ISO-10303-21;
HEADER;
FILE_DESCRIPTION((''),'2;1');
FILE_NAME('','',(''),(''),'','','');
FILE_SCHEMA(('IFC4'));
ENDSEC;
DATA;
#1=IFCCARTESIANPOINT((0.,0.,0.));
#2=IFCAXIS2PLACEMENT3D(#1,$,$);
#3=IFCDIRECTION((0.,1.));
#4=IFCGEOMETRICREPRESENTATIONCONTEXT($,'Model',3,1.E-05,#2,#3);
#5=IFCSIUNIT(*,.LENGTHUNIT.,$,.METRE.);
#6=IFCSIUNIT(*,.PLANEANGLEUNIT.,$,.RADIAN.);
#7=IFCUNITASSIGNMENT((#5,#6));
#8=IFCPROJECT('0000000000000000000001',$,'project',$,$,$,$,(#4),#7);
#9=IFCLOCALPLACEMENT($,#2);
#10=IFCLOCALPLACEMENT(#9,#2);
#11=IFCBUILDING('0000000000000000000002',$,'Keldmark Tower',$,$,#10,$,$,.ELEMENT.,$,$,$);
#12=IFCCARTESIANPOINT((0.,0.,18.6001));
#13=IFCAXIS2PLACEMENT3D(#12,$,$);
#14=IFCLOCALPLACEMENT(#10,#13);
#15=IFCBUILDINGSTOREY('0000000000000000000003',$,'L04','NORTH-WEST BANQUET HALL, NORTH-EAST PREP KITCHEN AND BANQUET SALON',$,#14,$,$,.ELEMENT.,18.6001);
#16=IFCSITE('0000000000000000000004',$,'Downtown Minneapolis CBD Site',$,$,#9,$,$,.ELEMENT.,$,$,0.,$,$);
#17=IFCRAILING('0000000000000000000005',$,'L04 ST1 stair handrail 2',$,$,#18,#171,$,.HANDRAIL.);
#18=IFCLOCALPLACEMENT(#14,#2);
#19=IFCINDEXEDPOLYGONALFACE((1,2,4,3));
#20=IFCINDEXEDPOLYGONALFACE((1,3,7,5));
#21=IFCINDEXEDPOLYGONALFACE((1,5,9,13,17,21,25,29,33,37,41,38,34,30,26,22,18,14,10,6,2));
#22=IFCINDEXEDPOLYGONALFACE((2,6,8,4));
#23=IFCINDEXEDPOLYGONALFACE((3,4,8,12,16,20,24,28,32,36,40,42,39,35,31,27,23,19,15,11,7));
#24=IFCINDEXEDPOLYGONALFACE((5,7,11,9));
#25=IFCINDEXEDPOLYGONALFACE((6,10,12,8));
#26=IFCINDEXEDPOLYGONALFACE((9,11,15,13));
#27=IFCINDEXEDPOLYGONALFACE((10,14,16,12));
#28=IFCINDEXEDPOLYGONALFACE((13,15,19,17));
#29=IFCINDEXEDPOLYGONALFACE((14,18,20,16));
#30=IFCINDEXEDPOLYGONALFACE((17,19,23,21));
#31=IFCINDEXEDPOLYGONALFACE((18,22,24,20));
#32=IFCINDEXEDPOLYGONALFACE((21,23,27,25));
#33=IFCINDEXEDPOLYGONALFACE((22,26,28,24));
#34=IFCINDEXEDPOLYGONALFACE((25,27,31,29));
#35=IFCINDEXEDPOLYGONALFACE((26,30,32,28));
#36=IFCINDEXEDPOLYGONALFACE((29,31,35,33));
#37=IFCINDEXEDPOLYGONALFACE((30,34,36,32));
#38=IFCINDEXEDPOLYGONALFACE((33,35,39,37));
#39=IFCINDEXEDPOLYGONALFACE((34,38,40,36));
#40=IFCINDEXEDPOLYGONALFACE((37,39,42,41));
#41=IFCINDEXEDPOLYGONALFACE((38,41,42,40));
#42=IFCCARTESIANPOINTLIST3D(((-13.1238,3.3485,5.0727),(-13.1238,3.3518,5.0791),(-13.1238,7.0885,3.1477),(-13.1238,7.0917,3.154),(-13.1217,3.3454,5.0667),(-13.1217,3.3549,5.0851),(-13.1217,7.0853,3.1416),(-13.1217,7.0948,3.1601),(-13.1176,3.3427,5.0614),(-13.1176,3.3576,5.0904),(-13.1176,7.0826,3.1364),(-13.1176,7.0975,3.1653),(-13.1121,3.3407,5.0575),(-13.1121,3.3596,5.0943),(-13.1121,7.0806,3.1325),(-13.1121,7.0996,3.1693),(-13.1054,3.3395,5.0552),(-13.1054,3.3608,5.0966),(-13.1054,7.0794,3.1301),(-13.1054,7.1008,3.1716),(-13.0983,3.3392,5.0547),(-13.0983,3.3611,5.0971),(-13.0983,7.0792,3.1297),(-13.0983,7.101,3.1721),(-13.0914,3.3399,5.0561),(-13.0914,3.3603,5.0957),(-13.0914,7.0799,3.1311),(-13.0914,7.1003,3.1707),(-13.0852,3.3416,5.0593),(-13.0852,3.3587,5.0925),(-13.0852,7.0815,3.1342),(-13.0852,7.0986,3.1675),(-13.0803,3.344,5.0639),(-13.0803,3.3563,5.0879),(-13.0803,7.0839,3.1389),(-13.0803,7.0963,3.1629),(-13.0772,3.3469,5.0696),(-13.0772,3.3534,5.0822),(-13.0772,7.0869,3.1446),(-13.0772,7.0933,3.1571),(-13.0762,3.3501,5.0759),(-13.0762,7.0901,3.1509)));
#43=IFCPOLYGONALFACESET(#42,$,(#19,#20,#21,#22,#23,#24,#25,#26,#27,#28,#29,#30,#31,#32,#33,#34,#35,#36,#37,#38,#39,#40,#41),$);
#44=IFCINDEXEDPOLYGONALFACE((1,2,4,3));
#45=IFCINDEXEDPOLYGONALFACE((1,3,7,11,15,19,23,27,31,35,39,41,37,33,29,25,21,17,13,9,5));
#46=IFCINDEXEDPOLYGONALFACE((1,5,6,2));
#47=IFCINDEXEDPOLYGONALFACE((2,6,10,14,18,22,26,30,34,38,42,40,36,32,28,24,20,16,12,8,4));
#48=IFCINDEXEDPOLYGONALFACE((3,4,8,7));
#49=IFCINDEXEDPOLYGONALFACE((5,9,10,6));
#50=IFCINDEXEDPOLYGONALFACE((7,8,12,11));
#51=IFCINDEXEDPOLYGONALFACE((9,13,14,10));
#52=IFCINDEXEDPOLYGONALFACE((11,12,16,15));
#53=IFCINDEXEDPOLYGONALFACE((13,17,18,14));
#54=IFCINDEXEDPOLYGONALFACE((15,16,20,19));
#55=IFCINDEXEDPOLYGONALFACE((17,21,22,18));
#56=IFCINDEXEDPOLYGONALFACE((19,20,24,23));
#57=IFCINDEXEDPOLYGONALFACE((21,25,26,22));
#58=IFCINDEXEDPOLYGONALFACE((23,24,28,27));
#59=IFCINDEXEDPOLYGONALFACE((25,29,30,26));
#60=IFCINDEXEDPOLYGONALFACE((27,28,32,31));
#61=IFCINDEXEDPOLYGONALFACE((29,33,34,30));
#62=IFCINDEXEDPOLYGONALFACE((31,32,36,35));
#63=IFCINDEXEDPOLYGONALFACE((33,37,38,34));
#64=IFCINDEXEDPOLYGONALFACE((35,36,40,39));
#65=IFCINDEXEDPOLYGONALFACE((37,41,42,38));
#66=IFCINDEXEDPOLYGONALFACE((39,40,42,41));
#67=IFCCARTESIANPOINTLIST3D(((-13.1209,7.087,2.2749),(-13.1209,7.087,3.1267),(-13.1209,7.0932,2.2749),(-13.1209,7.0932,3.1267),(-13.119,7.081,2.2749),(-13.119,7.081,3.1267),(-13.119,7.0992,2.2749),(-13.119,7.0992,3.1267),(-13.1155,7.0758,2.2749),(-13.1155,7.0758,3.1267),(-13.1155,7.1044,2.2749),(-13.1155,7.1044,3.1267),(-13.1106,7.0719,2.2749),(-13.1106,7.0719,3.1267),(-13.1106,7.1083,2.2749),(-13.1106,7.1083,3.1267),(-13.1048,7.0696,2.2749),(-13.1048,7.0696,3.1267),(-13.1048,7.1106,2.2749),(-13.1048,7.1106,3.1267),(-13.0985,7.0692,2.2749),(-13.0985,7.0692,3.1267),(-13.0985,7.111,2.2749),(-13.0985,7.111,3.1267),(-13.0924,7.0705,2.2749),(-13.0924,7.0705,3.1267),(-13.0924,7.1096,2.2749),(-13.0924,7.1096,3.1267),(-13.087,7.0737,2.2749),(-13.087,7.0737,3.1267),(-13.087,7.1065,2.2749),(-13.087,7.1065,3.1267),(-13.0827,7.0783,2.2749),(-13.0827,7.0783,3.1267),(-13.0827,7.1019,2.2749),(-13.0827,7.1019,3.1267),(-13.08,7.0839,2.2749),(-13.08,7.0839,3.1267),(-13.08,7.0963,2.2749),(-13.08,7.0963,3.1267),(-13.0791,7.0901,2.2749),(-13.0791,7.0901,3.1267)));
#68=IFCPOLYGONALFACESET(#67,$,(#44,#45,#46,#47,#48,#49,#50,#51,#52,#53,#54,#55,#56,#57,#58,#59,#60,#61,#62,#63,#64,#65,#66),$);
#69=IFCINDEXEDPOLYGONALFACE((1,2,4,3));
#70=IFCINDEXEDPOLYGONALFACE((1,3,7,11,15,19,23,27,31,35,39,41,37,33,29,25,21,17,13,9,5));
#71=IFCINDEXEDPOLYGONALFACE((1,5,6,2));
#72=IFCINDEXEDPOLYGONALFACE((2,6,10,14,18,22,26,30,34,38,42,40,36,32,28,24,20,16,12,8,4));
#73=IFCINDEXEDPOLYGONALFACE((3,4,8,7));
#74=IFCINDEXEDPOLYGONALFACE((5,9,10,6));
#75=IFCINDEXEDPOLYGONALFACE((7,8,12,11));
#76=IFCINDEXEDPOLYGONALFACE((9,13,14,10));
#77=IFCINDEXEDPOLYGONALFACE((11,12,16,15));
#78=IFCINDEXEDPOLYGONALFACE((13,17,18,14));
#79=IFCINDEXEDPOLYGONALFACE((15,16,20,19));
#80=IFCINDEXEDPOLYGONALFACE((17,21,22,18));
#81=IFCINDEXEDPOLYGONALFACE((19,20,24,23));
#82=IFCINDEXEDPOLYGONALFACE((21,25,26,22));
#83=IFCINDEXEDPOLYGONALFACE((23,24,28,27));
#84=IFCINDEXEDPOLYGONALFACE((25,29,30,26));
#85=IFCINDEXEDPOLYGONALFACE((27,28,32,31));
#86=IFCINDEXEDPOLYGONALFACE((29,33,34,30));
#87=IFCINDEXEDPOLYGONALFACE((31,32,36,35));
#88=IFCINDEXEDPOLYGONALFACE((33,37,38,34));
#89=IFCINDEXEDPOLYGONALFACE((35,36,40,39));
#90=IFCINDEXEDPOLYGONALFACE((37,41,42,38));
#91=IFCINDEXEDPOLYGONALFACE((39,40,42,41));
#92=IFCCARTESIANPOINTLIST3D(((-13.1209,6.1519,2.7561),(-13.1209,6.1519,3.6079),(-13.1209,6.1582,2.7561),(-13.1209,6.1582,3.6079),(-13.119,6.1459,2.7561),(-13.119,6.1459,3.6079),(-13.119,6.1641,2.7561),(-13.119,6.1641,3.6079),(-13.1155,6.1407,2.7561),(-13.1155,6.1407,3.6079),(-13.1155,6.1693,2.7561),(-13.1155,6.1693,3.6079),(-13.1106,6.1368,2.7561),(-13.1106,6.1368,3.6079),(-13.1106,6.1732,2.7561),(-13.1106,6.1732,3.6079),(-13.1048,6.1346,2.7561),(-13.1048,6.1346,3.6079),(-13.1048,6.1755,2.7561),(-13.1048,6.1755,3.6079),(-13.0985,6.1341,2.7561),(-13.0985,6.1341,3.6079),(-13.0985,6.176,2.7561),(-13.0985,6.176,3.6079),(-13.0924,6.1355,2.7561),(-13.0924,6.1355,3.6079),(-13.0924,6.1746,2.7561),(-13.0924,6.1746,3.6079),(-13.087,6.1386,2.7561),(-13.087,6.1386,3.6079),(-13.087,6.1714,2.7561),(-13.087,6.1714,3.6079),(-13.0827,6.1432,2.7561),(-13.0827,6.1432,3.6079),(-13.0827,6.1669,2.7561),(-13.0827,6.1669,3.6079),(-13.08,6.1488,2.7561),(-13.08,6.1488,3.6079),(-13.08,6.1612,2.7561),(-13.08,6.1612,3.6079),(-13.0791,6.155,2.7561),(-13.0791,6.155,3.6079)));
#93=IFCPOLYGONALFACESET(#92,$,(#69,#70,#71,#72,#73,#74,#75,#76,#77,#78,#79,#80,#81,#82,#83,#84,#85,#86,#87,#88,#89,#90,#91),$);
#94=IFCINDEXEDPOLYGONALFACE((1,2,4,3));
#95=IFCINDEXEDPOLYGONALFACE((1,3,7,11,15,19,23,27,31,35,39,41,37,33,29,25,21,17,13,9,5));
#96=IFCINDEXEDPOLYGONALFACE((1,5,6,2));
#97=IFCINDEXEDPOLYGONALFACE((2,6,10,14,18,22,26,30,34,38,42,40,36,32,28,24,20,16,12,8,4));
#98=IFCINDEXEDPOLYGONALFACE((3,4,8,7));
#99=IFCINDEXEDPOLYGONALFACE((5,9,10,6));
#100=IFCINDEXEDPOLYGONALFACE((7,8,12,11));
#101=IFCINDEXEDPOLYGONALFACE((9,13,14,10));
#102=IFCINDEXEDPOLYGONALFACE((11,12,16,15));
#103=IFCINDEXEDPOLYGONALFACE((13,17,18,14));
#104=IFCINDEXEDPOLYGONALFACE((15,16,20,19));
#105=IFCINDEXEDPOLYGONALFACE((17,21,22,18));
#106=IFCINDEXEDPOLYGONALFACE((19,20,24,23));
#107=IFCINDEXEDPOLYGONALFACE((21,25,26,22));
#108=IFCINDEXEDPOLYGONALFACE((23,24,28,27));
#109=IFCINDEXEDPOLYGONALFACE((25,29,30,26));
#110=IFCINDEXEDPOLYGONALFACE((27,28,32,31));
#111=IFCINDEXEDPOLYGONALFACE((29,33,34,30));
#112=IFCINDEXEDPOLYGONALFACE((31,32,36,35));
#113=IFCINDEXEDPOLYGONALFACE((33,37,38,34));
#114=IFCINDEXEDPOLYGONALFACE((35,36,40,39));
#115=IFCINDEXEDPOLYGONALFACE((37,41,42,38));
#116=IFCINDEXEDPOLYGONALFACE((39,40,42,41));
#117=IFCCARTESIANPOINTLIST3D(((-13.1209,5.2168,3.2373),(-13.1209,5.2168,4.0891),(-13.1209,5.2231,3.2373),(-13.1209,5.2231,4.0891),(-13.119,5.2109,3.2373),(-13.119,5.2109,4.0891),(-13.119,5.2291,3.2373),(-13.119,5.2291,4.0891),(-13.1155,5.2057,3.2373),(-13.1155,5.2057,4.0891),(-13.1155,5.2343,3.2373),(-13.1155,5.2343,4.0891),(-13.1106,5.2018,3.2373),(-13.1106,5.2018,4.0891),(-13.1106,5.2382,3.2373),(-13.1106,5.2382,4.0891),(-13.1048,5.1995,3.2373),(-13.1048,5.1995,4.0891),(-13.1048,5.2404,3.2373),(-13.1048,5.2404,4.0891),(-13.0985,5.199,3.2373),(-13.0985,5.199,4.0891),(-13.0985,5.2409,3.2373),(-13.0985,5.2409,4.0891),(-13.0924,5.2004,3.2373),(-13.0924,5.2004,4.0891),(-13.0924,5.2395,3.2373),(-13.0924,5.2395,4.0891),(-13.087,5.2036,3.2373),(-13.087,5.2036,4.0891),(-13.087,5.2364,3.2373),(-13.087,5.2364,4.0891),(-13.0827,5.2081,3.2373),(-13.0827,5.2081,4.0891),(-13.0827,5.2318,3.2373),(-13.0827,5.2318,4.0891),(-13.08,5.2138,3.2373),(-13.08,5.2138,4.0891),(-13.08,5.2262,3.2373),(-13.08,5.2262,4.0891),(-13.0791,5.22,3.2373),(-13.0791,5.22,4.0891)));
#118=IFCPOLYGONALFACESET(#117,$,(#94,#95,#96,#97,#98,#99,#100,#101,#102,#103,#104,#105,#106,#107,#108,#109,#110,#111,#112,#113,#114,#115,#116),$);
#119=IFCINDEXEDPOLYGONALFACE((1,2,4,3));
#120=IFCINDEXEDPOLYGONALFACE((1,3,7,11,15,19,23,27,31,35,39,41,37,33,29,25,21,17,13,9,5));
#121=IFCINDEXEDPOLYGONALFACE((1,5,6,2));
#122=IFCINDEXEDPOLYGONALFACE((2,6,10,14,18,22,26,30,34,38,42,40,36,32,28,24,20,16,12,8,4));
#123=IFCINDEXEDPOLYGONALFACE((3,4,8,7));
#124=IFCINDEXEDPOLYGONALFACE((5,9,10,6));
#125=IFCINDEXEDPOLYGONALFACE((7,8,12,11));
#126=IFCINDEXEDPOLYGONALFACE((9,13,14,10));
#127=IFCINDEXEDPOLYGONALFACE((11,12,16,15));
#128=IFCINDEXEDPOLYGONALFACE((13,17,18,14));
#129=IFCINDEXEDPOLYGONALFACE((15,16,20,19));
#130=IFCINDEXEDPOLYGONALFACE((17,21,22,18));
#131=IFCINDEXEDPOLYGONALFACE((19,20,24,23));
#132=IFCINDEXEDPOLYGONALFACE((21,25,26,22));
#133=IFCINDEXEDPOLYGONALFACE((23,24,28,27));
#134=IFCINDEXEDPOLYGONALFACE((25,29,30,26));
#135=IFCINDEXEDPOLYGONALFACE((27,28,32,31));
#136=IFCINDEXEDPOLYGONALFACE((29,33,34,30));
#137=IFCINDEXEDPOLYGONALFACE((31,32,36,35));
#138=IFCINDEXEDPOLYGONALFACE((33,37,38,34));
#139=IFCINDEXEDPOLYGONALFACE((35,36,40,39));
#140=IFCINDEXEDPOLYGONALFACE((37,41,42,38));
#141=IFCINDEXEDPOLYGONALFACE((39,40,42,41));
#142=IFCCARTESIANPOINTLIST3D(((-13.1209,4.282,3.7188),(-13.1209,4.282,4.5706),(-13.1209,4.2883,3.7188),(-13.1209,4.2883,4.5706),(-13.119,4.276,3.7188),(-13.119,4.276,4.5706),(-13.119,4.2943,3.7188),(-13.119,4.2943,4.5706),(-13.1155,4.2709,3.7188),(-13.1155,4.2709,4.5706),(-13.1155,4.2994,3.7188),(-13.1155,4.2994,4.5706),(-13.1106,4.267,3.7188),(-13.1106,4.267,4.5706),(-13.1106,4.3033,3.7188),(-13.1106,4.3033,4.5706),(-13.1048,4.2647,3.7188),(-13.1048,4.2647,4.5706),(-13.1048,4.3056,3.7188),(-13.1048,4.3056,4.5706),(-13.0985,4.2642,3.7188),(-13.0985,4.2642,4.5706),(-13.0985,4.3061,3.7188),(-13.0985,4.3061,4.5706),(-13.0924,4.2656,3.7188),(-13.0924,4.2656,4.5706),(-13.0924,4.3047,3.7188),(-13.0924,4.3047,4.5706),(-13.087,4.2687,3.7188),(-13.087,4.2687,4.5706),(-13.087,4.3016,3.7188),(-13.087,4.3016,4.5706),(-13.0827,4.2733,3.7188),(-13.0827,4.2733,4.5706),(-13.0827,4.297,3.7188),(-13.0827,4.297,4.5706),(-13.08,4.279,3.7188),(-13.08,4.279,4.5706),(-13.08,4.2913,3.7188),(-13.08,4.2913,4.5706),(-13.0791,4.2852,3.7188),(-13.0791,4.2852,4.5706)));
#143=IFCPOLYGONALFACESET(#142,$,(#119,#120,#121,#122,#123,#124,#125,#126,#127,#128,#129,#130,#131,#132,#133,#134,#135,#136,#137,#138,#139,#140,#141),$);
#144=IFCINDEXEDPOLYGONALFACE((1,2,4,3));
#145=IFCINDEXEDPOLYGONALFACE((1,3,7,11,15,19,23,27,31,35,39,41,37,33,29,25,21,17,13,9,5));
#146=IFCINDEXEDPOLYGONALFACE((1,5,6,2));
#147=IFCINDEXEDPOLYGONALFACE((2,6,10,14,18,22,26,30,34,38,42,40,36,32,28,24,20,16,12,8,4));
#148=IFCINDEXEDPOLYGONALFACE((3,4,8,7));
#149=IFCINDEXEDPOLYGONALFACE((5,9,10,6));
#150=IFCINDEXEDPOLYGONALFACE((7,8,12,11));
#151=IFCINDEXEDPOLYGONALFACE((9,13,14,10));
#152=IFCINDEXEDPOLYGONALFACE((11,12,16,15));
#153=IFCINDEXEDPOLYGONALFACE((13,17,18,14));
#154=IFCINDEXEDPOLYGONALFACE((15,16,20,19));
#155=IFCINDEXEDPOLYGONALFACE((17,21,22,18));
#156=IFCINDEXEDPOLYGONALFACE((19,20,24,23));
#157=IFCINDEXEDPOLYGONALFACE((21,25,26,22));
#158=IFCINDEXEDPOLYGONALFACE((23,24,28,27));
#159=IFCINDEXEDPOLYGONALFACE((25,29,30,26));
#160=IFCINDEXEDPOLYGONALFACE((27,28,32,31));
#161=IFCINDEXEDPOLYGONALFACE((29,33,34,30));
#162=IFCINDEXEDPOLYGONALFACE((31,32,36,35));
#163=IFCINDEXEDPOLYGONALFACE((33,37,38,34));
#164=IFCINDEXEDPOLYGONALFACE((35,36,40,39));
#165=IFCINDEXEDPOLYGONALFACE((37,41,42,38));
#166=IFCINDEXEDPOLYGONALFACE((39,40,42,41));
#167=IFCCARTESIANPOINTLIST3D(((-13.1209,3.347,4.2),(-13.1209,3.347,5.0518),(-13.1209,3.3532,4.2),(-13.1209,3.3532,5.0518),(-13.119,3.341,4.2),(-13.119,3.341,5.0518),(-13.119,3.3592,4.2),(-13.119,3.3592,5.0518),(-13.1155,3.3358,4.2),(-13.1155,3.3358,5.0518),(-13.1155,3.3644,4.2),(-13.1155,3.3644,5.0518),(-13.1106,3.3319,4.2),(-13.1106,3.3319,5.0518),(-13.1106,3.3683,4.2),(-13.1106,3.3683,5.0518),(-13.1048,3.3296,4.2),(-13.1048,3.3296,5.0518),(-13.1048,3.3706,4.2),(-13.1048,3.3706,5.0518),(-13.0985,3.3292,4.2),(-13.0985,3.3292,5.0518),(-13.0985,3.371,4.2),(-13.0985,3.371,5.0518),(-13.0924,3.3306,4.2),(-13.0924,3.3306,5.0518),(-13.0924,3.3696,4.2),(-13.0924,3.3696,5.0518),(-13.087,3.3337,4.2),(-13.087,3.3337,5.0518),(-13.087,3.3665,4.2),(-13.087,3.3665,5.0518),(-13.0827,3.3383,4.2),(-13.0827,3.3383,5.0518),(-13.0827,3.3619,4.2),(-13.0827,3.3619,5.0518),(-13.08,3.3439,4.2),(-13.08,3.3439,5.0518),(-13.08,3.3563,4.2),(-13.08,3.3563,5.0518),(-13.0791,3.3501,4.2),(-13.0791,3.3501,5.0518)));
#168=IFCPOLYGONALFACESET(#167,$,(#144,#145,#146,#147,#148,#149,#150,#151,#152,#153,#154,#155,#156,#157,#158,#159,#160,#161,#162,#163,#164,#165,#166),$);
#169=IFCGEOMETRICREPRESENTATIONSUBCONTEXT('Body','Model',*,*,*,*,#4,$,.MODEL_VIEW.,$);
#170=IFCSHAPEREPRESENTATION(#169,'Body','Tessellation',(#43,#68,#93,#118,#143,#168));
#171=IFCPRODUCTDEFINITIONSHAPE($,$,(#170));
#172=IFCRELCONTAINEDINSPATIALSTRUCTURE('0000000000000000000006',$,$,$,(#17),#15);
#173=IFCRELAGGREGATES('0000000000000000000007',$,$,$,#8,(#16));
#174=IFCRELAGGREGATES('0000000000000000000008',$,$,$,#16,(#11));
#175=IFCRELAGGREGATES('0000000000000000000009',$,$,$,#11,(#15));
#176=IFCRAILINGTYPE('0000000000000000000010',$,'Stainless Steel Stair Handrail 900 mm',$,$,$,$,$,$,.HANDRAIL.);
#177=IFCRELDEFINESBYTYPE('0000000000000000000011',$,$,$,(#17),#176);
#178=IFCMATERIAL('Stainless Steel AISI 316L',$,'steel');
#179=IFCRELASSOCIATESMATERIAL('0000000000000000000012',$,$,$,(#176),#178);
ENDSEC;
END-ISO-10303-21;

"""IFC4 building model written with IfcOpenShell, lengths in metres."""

from ifc_helpers import new_model, si_unit, direction, frame, origin, origin_2d, place, context, subcontext, project, spatial, circle, extrude, material, type_object, element, save


model = new_model("IFC4")

# Units and contexts
model_context = context("Model", 3, precision=1e-05, world=origin(), true_north=direction((0.0, 1.0)))
body_context = subcontext(model_context, "Body", "Model", "MODEL_VIEW")
ifc_project = project(units=[si_unit("LENGTHUNIT", "METRE"), si_unit("PLANEANGLEUNIT", "RADIAN")], contexts=[model_context])

# Site, building, storey
site_placement = place(None, origin())
site = spatial("IfcSite", under=ifc_project, at=site_placement, Name="Downtown Minneapolis CBD Site", CompositionType="ELEMENT", RefElevation=0.0)
building_placement = place(site_placement, origin())
building = spatial("IfcBuilding", under=site, at=building_placement, Name="Keldmark Tower", CompositionType="ELEMENT")
storey_placement = place(building_placement, frame((0.0, 0.0, 18.6001)))
storey = spatial("IfcBuildingStorey", under=building, at=storey_placement, Name="L04", Description="NORTH-WEST BANQUET HALL, NORTH-EAST PREP KITCHEN AND BANQUET SALON", CompositionType="ELEMENT", Elevation=18.6001)

# Railing
ifc_material_1 = material(Name="Stainless Steel AISI 316L", Category="steel")
railing_type_1 = type_object("IfcRailingType", Name="Stainless Steel Stair Handrail 900 mm", PredefinedType="HANDRAIL", material=ifc_material_1)
railing_1_placement = place(storey_placement, frame((-13.1001, 7.0901, 2.2749)))
element("IfcRailing", 1, at=railing_1_placement, inside=storey, type_object=railing_type_1, Name="L04 ST1 stair handrail 2", PredefinedType="HANDRAIL", context=body_context, shape_type="SweptSolid", body=[
    extrude(circle(Radius=0.0239, at=origin_2d()), frame((0.0, 0.0, 0.876), z_axis=(0.0, -0.889131, 0.457654), x_axis=(1.0, 0.0, 0.0)), (0.0, 0.0, 1.0), 4.2063),
    extrude(circle(Radius=0.021, at=origin_2d()), origin(), (0.0, 0.0, 1.0), 0.8518),
    extrude(circle(Radius=0.021, at=origin_2d()), frame((0.0, -0.9351, 0.4812)), (0.0, 0.0, 1.0), 0.8518),
    extrude(circle(Radius=0.021, at=origin_2d()), frame((0.0, -1.8701, 0.9624)), (0.0, 0.0, 1.0), 0.8518),
    extrude(circle(Radius=0.021, at=origin_2d()), frame((0.0, -2.8049, 1.4438)), (0.0, 0.0, 1.0), 0.8518),
    extrude(circle(Radius=0.021, at=origin_2d()), frame((0.0, -3.74, 1.925)), (0.0, 0.0, 1.0), 0.8518),
])

save(model, "model.ifc")
